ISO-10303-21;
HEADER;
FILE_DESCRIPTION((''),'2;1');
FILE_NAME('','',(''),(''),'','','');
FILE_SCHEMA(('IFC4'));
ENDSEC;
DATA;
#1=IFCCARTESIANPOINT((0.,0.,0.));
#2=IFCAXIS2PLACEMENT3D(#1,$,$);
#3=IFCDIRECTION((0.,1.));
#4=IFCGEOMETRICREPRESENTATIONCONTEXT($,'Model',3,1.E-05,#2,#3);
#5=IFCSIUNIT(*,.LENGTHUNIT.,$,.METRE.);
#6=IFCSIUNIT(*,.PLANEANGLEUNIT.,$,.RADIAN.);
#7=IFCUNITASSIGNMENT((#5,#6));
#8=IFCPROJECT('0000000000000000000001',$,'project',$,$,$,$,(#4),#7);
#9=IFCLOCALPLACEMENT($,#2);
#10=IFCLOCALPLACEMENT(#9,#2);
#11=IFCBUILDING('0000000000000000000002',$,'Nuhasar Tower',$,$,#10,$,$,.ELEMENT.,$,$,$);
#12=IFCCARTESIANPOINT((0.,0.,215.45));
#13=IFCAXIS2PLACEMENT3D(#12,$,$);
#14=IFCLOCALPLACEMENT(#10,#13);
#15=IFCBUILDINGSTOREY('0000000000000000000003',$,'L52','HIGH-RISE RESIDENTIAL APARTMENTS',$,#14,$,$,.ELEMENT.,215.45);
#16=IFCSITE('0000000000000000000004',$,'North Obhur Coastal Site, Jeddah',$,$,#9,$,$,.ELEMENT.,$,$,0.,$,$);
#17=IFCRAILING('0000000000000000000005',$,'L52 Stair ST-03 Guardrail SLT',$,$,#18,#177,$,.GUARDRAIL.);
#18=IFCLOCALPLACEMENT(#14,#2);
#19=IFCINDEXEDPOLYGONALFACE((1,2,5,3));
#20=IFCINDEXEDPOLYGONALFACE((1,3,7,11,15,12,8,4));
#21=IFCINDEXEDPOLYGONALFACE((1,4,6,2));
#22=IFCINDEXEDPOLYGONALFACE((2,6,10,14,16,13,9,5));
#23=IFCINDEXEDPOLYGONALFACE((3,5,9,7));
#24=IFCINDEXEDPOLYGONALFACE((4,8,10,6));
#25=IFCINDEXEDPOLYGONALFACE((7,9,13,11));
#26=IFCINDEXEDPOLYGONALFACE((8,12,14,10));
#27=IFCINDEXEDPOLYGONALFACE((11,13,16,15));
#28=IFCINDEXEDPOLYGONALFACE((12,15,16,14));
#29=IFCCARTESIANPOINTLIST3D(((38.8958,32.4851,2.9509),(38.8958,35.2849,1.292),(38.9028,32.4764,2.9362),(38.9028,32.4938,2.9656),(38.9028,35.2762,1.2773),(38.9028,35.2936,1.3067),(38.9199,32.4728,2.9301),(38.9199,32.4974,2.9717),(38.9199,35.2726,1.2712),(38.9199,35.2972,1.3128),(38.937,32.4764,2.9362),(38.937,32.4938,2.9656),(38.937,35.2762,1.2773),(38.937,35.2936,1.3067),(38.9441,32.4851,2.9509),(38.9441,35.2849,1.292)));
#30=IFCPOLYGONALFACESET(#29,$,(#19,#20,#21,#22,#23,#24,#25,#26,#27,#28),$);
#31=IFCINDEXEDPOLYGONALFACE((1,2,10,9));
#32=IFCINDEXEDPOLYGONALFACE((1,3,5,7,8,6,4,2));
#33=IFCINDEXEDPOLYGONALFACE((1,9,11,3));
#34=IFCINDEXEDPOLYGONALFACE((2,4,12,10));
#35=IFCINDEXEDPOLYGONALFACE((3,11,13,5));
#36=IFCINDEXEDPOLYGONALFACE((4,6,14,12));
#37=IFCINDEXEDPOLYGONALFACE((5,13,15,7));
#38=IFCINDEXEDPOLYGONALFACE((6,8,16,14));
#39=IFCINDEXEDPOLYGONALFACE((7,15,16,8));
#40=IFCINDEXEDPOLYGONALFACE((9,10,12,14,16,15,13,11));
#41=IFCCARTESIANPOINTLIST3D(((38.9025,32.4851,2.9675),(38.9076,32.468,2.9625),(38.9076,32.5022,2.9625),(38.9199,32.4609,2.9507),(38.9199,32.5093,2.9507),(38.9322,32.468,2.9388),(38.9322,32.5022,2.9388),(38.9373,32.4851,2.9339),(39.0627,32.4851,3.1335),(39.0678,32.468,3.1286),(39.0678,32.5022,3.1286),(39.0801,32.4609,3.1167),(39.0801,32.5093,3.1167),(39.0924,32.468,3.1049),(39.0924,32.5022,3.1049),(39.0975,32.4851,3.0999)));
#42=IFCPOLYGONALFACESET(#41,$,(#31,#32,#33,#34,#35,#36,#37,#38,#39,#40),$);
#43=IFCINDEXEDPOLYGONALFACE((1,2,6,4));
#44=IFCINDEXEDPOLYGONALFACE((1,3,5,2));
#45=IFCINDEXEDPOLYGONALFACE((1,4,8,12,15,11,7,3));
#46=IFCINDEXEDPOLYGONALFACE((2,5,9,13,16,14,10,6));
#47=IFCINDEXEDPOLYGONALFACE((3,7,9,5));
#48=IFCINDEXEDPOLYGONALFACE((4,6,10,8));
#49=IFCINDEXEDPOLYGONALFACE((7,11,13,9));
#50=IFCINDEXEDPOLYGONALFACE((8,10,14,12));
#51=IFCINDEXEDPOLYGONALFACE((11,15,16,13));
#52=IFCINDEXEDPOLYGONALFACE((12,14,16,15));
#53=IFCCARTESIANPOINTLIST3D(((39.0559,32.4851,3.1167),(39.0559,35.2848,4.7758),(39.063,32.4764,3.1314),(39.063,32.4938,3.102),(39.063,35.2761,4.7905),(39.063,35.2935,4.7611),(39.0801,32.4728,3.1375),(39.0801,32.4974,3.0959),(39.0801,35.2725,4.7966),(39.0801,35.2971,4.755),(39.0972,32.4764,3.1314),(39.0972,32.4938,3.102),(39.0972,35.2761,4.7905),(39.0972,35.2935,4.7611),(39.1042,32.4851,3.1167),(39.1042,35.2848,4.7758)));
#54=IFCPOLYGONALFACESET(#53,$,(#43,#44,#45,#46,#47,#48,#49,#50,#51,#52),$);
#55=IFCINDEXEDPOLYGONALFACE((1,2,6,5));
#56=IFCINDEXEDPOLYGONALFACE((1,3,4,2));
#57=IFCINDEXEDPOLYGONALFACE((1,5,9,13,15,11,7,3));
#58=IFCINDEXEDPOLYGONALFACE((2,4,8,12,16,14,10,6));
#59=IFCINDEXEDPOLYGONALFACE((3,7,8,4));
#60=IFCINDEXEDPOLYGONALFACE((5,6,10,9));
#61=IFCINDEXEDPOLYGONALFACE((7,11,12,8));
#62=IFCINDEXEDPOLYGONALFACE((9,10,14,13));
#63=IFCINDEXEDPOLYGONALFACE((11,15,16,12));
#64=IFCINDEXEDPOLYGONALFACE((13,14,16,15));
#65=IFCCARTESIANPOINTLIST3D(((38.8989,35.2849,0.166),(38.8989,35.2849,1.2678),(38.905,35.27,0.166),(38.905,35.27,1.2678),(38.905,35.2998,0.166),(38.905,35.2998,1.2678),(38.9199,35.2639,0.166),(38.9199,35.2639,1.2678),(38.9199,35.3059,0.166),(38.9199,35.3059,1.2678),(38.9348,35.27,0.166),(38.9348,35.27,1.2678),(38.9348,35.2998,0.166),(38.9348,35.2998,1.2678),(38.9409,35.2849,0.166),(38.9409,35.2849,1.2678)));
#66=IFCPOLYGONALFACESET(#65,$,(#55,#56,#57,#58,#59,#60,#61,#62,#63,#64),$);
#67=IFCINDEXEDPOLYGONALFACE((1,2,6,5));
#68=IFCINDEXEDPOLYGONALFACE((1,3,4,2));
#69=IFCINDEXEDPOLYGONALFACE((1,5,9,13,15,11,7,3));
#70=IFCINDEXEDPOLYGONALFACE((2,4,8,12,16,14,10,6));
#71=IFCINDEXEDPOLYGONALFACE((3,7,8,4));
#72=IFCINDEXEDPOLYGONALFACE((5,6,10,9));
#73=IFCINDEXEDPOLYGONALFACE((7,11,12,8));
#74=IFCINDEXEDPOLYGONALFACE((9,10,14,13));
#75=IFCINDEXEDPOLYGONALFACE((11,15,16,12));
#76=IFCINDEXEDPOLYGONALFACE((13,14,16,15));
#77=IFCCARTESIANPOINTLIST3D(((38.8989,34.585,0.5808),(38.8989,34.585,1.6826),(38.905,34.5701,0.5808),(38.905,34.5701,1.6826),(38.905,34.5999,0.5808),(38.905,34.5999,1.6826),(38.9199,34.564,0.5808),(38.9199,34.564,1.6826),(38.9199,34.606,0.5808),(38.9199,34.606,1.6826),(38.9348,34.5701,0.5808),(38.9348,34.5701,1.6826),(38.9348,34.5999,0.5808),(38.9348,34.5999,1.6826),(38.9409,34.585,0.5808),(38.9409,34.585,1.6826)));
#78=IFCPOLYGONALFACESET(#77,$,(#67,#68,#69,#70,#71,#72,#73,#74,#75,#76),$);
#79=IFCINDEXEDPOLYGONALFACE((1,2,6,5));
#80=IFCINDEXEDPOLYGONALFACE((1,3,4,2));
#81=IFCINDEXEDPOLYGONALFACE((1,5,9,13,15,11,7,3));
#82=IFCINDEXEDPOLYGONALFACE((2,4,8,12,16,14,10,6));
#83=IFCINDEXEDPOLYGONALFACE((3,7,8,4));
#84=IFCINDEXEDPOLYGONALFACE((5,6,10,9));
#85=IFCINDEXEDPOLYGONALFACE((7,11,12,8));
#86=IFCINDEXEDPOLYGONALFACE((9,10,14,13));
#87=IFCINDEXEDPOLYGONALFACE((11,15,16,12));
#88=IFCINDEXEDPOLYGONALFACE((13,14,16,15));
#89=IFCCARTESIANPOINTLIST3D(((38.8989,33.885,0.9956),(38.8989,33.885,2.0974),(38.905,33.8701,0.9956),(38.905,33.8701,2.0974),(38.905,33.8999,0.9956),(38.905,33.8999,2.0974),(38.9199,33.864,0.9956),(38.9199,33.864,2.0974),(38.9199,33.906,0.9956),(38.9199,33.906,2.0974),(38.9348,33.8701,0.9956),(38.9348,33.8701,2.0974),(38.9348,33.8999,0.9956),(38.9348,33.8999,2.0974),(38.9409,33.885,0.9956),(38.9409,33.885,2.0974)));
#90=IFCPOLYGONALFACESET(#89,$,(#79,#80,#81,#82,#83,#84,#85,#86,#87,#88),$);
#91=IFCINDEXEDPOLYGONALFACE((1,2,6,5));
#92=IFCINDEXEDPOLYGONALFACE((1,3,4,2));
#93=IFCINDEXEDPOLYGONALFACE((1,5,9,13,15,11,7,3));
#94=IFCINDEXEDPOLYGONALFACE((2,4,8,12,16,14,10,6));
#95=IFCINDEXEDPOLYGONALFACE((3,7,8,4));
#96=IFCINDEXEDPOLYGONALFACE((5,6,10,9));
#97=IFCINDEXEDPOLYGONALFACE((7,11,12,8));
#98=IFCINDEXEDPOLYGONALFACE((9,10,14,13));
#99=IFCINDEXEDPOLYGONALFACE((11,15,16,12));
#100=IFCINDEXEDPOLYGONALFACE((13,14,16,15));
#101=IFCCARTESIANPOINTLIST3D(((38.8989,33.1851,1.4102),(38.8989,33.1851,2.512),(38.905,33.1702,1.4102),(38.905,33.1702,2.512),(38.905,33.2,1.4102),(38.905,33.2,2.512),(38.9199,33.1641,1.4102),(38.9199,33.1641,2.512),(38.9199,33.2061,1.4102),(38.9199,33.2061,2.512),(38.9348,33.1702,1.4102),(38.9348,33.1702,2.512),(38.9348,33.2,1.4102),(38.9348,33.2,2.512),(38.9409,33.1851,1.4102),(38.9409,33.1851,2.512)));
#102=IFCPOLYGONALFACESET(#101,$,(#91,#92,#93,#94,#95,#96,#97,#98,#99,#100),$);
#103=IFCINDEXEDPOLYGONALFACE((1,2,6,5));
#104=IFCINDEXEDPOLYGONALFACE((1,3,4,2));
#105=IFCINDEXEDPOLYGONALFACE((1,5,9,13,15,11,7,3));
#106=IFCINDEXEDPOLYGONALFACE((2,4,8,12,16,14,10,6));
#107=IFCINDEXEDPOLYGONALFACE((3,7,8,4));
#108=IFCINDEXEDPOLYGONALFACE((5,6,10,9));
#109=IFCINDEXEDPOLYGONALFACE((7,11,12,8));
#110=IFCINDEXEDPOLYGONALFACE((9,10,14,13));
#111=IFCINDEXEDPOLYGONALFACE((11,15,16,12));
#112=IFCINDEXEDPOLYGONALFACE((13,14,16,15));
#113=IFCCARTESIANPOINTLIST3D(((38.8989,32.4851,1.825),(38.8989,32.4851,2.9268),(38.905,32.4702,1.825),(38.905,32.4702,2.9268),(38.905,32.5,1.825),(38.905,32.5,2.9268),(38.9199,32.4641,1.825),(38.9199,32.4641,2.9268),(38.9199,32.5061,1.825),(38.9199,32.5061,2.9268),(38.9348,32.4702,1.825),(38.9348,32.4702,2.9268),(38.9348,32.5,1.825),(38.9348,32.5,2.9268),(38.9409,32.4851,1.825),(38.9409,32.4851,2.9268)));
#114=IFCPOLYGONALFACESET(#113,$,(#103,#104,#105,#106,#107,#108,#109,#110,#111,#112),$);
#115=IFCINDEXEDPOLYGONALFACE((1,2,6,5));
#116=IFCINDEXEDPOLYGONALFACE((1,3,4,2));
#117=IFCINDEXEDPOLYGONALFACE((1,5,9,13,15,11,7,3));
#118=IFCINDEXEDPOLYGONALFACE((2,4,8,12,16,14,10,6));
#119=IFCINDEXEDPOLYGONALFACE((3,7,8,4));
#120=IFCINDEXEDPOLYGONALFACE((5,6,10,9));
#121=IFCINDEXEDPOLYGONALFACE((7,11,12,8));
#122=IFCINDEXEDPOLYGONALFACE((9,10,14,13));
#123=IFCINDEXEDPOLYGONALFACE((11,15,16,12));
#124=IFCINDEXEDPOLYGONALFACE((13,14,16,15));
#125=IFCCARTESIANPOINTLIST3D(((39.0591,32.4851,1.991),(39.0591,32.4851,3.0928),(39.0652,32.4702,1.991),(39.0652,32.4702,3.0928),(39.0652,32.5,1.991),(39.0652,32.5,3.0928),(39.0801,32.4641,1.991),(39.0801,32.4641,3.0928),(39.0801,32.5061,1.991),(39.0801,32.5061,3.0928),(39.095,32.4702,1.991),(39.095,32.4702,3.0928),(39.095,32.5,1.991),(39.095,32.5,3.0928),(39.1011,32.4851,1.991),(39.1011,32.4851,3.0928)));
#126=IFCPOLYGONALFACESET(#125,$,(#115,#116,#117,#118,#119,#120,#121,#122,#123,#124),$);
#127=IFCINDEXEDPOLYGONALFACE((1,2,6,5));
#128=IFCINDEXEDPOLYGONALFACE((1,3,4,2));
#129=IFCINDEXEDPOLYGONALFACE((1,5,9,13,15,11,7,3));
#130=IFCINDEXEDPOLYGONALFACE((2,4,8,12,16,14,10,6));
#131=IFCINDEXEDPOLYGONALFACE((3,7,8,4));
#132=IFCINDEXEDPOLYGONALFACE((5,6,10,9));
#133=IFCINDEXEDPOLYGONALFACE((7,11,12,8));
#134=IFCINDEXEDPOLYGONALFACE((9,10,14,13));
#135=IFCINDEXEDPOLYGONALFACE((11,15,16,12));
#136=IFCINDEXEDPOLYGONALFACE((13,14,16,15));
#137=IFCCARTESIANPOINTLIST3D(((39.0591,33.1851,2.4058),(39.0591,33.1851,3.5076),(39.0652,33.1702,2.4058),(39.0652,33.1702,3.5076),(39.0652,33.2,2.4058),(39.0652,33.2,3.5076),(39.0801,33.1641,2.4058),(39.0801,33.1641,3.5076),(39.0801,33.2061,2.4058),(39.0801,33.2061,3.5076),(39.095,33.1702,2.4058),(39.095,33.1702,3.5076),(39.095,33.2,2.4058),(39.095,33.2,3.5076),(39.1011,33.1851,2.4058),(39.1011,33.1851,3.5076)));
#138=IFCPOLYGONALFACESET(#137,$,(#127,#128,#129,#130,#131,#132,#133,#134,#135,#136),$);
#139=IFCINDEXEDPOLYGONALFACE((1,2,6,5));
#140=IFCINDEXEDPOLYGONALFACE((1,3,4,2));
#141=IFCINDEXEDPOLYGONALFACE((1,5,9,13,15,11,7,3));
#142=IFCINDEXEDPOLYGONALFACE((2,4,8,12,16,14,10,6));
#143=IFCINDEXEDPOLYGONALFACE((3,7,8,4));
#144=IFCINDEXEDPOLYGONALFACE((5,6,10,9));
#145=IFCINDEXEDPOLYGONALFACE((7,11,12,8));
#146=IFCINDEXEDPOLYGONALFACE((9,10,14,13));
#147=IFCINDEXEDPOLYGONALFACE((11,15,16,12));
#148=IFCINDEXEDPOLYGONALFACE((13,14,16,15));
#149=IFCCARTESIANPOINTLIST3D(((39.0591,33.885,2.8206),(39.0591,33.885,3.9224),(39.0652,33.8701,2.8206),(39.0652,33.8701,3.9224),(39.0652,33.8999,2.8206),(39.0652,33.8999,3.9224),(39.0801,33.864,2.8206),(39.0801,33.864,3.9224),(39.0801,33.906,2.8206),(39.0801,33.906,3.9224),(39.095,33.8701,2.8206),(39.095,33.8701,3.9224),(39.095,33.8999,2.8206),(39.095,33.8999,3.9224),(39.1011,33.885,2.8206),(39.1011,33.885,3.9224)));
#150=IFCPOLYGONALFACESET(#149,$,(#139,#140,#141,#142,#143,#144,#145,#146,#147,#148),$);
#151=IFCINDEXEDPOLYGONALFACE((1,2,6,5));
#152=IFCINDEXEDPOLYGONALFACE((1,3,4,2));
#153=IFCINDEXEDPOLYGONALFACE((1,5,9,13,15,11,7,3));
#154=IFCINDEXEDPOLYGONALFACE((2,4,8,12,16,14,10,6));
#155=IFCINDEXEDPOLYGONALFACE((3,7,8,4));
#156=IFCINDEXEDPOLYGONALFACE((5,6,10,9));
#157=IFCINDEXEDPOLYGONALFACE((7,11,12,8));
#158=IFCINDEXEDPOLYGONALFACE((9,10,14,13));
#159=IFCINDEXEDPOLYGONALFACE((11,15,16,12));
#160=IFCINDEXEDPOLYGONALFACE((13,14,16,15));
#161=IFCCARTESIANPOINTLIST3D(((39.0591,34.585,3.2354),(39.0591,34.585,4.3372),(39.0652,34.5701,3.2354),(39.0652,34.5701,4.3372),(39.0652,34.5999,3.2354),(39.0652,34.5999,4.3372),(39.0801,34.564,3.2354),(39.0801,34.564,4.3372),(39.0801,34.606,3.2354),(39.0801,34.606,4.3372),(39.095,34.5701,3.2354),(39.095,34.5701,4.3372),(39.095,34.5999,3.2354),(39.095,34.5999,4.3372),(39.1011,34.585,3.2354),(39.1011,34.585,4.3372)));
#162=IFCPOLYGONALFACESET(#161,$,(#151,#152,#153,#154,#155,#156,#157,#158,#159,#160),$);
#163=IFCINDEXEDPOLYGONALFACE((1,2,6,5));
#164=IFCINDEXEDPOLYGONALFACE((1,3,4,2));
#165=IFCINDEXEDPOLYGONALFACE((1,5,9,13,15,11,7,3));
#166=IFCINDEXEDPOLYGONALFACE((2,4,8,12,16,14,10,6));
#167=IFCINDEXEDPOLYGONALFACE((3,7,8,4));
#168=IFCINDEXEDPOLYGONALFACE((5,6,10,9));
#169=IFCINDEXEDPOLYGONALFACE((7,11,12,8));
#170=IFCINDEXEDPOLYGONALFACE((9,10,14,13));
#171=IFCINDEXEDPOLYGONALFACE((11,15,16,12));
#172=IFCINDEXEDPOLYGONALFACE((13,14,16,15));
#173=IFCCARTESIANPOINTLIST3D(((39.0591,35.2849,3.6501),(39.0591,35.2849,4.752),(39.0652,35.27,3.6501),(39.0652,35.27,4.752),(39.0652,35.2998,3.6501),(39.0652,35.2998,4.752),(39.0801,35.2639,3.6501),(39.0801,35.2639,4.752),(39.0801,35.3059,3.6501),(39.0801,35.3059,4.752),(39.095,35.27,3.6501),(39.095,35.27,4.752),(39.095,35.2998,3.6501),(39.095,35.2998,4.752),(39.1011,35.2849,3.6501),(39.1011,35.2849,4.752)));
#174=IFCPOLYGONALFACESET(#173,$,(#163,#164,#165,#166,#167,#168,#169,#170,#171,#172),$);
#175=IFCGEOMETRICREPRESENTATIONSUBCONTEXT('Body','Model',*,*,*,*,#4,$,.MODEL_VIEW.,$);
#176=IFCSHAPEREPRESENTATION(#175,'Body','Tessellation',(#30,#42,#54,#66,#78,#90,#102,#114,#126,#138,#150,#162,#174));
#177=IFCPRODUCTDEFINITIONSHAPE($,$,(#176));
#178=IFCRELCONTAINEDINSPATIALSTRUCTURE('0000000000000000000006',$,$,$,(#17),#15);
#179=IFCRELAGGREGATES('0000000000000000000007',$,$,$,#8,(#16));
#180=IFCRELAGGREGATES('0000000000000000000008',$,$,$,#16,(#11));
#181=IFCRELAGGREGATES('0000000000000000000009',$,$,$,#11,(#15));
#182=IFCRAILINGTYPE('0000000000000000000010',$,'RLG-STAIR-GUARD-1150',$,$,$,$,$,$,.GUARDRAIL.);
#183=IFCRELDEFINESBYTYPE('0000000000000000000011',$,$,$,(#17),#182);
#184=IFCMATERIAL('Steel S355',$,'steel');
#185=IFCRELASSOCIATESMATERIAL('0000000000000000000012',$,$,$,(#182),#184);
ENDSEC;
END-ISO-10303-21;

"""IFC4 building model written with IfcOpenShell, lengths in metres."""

from ifc_helpers import new_model, si_unit, direction, frame, origin, place, context, subcontext, project, spatial, polyline, outline, extrude, material, type_object, element, save


model = new_model("IFC4")

# Units and contexts
model_context = context("Model", 3, precision=1e-05, world=origin(), true_north=direction((0.0, 1.0)))
body_context = subcontext(model_context, "Body", "Model", "MODEL_VIEW")
ifc_project = project(units=[si_unit("LENGTHUNIT", "METRE"), si_unit("PLANEANGLEUNIT", "RADIAN")], contexts=[model_context])

# Site, building, storey
site_placement = place(None, origin())
site = spatial("IfcSite", under=ifc_project, at=site_placement, Name="North Obhur Coastal Site, Jeddah", CompositionType="ELEMENT", RefElevation=0.0)
building_placement = place(site_placement, origin())
building = spatial("IfcBuilding", under=site, at=building_placement, Name="Nuhasar Tower", CompositionType="ELEMENT")
storey_placement = place(building_placement, frame((0.0, 0.0, 215.45)))
storey = spatial("IfcBuildingStorey", under=building, at=storey_placement, Name="L52", Description="HIGH-RISE RESIDENTIAL APARTMENTS", CompositionType="ELEMENT", Elevation=215.45)

# Shared definitions
ifc_material_1 = material(Name="Steel S355", Category="steel")

# Railing
railing_type_1 = type_object("IfcRailingType", Name="RLG-STAIR-GUARD-1150", PredefinedType="GUARDRAIL", material=ifc_material_1)
railing_1_placement = place(storey_placement, frame((38.9199, 35.2849, 0.166)))
element("IfcRailing", 1, at=railing_1_placement, inside=storey, type_object=railing_type_1, Name="L52 Stair ST-03 Guardrail SLT", PredefinedType="GUARDRAIL", context=body_context, shape_type="SweptSolid", body=[
    extrude(outline(polyline([(0.0242, 0.0), (0.0171, 0.0171), (0.0, 0.0242), (-0.0171, 0.0171), (-0.0242, 0.0), (-0.0171, -0.0171), (0.0, -0.0242), (0.0171, -0.0171), (0.0242, 0.0)])), frame((0.0, 0.0, 1.126), z_axis=(0.0, -0.86032, 0.509755), x_axis=(1.0, 0.0, 0.0)), (0.0, 0.0, 1.0), 3.2544),
    extrude(outline(polyline([(0.0242, 0.0), (0.0171, 0.0171), (0.0, 0.0242), (-0.0171, 0.0171), (-0.0242, 0.0), (-0.0171, -0.0171), (0.0, -0.0242), (0.0171, -0.0171), (0.0242, 0.0)])), frame((0.0, -2.7998, 2.7847), z_axis=(0.694292, 0.0, 0.719693), x_axis=(0.0, 1.0, 0.0)), (0.0, 0.0, 1.0), 0.2307),
    extrude(outline(polyline([(0.0242, 0.0), (0.0171, 0.0171), (0.0, 0.0242), (-0.0171, 0.0171), (-0.0242, 0.0), (-0.0171, -0.0171), (0.0, -0.0242), (0.0171, -0.0171), (0.0242, 0.0)])), frame((0.1602, -2.7998, 2.9507), z_axis=(0.0, 0.860287, 0.509811), x_axis=(-1.0, 0.0, 0.0)), (0.0, 0.0, 1.0), 3.2544),
    extrude(outline(polyline([(0.021, 0.0), (0.0149, 0.0149), (0.0, 0.021), (-0.0149, 0.0149), (-0.021, 0.0), (-0.0149, -0.0149), (0.0, -0.021), (0.0149, -0.0149), (0.021, 0.0)])), origin(), (0.0, 0.0, 1.0), 1.1018),
    extrude(outline(polyline([(0.021, 0.0), (0.0149, 0.0149), (0.0, 0.021), (-0.0149, 0.0149), (-0.021, 0.0), (-0.0149, -0.0149), (0.0, -0.021), (0.0149, -0.0149), (0.021, 0.0)])), frame((0.0, -0.7, 0.4148)), (0.0, 0.0, 1.0), 1.1018),
    extrude(outline(polyline([(0.021, 0.0), (0.0149, 0.0149), (0.0, 0.021), (-0.0149, 0.0149), (-0.021, 0.0), (-0.0149, -0.0149), (0.0, -0.021), (0.0149, -0.0149), (0.021, 0.0)])), frame((0.0, -1.3999, 0.8296)), (0.0, 0.0, 1.0), 1.1018),
    extrude(outline(polyline([(0.021, 0.0), (0.0149, 0.0149), (0.0, 0.021), (-0.0149, 0.0149), (-0.021, 0.0), (-0.0149, -0.0149), (0.0, -0.021), (0.0149, -0.0149), (0.021, 0.0)])), frame((0.0, -2.0999, 1.2441)), (0.0, 0.0, 1.0), 1.1018),
    extrude(outline(polyline([(0.021, 0.0), (0.0149, 0.0149), (0.0, 0.021), (-0.0149, 0.0149), (-0.021, 0.0), (-0.0149, -0.0149), (0.0, -0.021), (0.0149, -0.0149), (0.021, 0.0)])), frame((0.0, -2.7998, 1.6589)), (0.0, 0.0, 1.0), 1.1018),
    extrude(outline(polyline([(0.021, 0.0), (0.0149, 0.0149), (0.0, 0.021), (-0.0149, 0.0149), (-0.021, 0.0), (-0.0149, -0.0149), (0.0, -0.021), (0.0149, -0.0149), (0.021, 0.0)])), frame((0.1602, -2.7998, 1.825)), (0.0, 0.0, 1.0), 1.1018),
    extrude(outline(polyline([(0.021, 0.0), (0.0149, 0.0149), (0.0, 0.021), (-0.0149, 0.0149), (-0.021, 0.0), (-0.0149, -0.0149), (0.0, -0.021), (0.0149, -0.0149), (0.021, 0.0)])), frame((0.1602, -2.0999, 2.2397)), (0.0, 0.0, 1.0), 1.1018),
    extrude(outline(polyline([(0.021, 0.0), (0.0149, 0.0149), (0.0, 0.021), (-0.0149, 0.0149), (-0.021, 0.0), (-0.0149, -0.0149), (0.0, -0.021), (0.0149, -0.0149), (0.021, 0.0)])), frame((0.1602, -1.3999, 2.6545)), (0.0, 0.0, 1.0), 1.1018),
    extrude(outline(polyline([(0.021, 0.0), (0.0149, 0.0149), (0.0, 0.021), (-0.0149, 0.0149), (-0.021, 0.0), (-0.0149, -0.0149), (0.0, -0.021), (0.0149, -0.0149), (0.021, 0.0)])), frame((0.1602, -0.7, 3.0693)), (0.0, 0.0, 1.0), 1.1018),
    extrude(outline(polyline([(0.021, 0.0), (0.0149, 0.0149), (0.0, 0.021), (-0.0149, 0.0149), (-0.021, 0.0), (-0.0149, -0.0149), (0.0, -0.021), (0.0149, -0.0149), (0.021, 0.0)])), frame((0.1602, 0.0, 3.4841)), (0.0, 0.0, 1.0), 1.1018),
])

save(model, "model.ifc")
